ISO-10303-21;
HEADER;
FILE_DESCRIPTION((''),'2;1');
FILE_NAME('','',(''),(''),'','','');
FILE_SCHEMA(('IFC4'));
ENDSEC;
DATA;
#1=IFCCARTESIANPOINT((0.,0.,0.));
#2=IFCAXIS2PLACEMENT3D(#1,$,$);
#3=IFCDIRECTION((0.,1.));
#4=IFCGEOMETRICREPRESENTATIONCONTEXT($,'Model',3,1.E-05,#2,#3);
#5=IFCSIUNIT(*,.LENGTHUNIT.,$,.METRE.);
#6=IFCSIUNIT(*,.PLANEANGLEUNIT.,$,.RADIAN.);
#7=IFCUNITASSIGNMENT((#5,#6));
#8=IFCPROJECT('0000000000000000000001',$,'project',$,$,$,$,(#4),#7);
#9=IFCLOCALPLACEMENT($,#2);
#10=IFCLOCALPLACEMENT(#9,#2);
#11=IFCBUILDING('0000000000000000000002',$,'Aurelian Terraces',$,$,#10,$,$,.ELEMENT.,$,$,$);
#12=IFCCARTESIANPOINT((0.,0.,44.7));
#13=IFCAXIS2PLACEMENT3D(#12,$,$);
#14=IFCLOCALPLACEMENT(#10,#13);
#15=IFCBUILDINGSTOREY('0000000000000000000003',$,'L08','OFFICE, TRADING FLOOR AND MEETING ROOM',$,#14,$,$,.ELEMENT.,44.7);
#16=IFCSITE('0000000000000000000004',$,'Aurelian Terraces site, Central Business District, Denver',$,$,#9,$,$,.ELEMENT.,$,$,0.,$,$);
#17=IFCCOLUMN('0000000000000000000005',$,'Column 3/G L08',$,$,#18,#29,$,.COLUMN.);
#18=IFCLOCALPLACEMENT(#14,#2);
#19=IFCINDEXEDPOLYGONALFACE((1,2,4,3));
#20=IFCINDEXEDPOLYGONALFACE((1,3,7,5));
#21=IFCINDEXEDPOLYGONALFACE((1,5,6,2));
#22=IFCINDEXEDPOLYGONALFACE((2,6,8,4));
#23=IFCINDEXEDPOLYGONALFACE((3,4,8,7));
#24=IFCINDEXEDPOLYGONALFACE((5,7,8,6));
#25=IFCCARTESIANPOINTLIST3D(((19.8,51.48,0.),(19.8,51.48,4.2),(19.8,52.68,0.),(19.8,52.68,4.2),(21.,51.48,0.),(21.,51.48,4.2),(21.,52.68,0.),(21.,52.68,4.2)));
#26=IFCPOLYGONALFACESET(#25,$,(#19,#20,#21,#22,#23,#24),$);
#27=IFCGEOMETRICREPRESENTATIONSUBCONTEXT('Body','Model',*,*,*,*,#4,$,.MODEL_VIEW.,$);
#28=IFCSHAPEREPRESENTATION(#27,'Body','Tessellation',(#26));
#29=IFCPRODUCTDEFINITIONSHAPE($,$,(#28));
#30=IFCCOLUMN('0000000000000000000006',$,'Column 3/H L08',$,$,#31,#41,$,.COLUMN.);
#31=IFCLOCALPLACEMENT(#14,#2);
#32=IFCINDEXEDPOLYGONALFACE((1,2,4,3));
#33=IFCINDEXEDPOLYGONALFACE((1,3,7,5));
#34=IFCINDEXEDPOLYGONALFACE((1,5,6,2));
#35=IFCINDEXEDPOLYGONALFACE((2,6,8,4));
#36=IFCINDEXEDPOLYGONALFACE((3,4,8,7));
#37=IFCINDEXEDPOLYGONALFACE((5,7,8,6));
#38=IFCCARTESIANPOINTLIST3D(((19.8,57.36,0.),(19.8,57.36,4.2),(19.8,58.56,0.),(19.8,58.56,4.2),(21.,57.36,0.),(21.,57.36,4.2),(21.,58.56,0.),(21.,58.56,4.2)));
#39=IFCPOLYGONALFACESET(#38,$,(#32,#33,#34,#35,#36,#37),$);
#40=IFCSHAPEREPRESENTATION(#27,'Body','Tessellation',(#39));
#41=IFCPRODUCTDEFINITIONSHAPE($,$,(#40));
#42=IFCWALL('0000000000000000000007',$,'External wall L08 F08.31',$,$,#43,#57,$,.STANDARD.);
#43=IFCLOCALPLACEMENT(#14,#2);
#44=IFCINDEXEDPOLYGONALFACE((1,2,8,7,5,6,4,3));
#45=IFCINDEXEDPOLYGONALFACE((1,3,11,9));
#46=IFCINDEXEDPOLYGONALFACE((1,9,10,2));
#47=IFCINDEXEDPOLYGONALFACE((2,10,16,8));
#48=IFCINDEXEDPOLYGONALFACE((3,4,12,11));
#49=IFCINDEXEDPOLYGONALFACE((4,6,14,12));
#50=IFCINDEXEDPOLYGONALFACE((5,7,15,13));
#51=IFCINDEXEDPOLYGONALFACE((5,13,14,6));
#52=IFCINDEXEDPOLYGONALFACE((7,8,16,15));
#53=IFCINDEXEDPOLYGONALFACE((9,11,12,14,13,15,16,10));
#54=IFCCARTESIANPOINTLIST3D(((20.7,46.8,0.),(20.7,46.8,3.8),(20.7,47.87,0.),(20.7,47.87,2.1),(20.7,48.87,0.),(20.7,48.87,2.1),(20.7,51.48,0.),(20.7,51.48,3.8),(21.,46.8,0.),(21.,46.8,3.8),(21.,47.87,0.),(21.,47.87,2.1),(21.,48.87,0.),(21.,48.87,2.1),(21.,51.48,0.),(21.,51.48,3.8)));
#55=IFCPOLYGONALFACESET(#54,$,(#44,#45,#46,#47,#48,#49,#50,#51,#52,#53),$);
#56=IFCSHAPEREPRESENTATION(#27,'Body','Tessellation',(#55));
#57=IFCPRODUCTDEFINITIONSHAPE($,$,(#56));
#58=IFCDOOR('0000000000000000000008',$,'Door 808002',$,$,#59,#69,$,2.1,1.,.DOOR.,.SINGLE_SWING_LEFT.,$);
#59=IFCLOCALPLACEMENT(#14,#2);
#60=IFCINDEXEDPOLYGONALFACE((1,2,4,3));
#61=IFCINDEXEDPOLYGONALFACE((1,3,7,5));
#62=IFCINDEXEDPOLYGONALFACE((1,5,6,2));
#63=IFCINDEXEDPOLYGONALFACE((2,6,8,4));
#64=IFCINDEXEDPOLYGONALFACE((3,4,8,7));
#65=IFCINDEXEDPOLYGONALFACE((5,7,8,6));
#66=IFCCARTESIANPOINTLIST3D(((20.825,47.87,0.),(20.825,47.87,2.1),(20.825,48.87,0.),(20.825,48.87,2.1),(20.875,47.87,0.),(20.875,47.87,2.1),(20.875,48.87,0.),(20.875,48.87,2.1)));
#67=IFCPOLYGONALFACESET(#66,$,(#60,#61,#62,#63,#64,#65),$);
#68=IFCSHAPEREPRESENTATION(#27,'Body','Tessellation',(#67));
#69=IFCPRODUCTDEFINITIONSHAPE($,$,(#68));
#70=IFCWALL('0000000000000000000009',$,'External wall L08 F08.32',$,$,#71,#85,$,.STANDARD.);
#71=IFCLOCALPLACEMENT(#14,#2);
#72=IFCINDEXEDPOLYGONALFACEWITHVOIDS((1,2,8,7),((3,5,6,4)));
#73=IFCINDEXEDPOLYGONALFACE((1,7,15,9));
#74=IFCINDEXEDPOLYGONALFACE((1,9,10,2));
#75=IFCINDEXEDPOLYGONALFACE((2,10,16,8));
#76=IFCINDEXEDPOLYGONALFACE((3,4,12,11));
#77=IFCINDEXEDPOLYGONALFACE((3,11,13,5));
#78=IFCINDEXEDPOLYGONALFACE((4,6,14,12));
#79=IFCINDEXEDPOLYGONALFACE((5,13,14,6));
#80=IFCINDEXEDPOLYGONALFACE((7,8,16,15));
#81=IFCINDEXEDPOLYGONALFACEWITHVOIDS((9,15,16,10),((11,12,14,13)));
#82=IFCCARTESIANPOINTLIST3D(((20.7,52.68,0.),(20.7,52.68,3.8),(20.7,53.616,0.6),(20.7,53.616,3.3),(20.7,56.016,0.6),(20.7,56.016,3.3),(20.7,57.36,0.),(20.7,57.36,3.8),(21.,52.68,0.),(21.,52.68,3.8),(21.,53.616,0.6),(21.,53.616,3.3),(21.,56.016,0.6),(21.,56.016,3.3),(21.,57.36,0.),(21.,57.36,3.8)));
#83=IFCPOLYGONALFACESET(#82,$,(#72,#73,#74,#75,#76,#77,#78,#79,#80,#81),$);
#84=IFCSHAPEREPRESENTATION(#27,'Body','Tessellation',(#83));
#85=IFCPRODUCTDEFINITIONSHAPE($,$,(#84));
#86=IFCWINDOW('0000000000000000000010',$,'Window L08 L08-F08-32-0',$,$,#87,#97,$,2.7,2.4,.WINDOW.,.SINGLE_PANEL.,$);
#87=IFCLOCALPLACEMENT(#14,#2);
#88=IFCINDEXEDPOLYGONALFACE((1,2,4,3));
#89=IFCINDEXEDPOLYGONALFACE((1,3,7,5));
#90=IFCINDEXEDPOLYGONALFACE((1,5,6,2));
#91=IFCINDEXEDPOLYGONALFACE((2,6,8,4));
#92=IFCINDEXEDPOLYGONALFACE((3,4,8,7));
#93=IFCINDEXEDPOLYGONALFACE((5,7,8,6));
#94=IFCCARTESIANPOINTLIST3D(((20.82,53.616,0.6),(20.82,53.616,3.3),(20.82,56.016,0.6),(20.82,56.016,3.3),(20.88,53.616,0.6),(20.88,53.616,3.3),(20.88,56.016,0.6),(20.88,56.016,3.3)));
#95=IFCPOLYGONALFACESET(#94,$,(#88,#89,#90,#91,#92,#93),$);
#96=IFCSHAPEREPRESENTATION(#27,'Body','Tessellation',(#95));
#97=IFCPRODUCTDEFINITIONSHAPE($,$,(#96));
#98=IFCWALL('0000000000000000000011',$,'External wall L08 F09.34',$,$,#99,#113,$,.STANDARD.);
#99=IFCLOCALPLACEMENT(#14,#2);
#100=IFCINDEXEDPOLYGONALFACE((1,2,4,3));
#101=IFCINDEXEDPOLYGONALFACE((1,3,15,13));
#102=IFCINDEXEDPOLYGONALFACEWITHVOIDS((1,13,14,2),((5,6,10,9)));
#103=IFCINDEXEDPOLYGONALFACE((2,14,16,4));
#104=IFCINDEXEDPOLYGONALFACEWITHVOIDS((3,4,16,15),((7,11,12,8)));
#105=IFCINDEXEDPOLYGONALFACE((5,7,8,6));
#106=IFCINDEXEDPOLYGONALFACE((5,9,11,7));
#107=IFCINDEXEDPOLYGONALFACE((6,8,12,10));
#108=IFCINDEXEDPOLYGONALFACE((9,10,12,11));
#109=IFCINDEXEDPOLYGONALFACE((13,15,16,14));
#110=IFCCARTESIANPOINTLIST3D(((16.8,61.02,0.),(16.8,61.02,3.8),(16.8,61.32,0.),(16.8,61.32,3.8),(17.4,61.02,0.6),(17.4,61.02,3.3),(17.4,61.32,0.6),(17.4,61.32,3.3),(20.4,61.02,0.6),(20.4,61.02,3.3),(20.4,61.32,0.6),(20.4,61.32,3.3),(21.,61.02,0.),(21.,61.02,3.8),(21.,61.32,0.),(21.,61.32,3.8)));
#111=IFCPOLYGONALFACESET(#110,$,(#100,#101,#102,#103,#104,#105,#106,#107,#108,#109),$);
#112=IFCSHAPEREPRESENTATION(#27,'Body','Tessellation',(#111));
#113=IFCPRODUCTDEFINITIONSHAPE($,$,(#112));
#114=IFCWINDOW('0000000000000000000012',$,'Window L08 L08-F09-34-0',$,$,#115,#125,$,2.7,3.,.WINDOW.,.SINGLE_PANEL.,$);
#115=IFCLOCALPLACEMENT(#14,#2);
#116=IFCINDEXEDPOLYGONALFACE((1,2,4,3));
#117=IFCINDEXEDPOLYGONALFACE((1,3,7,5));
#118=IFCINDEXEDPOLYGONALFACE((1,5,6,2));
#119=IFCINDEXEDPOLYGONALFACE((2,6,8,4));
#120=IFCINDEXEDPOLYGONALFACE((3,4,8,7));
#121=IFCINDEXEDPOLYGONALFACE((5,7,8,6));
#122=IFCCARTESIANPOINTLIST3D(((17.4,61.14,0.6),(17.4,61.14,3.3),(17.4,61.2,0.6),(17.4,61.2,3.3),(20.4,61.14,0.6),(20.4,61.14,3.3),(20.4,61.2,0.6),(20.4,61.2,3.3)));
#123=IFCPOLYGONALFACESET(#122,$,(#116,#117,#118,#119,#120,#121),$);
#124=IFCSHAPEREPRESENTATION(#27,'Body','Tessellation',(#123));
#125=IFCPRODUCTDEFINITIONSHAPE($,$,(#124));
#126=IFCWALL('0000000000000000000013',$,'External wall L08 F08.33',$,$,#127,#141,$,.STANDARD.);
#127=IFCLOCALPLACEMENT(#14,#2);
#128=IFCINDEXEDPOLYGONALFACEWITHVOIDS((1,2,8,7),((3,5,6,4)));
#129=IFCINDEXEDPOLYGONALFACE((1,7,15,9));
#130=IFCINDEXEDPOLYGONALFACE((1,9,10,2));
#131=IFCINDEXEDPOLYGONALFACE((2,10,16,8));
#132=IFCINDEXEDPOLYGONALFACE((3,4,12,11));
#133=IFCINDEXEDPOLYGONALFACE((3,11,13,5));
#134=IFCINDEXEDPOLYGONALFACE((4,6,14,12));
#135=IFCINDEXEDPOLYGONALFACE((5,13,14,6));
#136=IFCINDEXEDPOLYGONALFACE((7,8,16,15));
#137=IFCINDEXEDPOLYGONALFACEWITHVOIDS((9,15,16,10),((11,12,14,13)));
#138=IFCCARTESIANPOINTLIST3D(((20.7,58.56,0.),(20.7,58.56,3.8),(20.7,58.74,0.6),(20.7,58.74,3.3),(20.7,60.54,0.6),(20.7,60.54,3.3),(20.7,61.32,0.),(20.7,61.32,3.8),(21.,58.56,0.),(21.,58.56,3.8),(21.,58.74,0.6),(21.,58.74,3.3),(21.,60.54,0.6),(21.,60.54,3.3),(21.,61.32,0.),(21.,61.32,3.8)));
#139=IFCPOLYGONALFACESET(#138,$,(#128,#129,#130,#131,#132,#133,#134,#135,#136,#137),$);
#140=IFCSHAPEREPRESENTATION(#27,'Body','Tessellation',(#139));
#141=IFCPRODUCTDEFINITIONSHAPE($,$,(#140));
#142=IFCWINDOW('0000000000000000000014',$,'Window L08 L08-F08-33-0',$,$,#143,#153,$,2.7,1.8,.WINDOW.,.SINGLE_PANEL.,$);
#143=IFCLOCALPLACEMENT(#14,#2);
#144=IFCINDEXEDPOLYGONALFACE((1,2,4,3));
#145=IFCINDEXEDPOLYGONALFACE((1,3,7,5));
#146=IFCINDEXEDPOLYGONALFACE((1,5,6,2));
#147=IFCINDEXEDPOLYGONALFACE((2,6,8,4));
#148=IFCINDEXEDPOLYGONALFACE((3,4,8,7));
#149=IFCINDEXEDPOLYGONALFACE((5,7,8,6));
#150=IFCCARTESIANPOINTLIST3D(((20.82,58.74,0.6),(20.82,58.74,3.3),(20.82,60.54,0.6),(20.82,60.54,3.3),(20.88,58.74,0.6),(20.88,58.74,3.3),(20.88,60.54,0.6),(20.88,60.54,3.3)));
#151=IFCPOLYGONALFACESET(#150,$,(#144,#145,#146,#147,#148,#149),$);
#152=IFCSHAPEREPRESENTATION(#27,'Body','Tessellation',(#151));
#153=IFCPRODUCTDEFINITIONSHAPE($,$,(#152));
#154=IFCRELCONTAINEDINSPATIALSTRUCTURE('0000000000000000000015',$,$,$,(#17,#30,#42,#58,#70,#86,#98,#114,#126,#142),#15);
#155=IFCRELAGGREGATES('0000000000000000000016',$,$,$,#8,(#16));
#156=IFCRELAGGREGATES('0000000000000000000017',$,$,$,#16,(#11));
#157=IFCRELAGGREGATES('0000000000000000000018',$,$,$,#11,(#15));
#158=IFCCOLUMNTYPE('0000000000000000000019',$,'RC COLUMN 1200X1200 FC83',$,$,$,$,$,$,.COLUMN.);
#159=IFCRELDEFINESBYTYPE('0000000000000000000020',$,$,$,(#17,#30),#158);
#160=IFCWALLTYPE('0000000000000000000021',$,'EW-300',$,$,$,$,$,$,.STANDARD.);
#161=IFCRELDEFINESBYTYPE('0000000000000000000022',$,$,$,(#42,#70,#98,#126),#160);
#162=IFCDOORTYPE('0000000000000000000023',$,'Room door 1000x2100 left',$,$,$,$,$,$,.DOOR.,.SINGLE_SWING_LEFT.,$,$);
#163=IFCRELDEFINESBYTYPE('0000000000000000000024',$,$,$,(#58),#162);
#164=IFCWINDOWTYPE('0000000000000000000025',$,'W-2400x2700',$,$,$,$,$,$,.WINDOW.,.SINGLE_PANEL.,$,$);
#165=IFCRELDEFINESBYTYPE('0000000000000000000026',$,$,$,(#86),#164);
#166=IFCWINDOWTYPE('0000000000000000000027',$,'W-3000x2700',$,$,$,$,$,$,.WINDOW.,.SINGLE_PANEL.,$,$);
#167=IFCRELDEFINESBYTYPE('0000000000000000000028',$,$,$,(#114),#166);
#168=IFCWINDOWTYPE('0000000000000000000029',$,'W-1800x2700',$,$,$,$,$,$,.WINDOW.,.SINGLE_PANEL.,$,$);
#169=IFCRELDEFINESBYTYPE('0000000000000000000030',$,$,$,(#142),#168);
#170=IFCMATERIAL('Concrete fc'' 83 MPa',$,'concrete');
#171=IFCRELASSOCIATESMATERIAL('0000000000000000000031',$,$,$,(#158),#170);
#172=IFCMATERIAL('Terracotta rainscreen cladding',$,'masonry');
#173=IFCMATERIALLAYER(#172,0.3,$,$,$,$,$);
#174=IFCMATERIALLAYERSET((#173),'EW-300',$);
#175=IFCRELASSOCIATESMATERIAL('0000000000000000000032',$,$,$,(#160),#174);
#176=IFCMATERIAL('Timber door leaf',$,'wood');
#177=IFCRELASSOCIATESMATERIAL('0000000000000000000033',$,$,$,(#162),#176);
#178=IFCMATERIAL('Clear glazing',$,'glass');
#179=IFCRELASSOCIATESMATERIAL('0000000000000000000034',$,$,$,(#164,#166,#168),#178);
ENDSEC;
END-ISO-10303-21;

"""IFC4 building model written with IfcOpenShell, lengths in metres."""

from ifc_helpers import new_model, si_unit, direction, frame, frame_2d, origin, origin_2d, place, context, subcontext, project, spatial, rectangle, extrude, source, transform, mapped, material, layer, layer_set, material_profile, profile_set, type_object, element, fill, save


model = new_model("IFC4")

# Units and contexts
model_context = context("Model", 3, precision=1e-05, world=origin(), true_north=direction((0.0, 1.0)))
body_context = subcontext(model_context, "Body", "Model", "MODEL_VIEW")
ifc_project = project(units=[si_unit("LENGTHUNIT", "METRE"), si_unit("PLANEANGLEUNIT", "RADIAN")], contexts=[model_context])

# Site, building, storey
site_placement = place(None, origin())
site = spatial("IfcSite", under=ifc_project, at=site_placement, Name="Aurelian Terraces site, Central Business District, Denver", CompositionType="ELEMENT", RefElevation=0.0)
building_placement = place(site_placement, origin())
building = spatial("IfcBuilding", under=site, at=building_placement, Name="Aurelian Terraces", CompositionType="ELEMENT")
storey_placement = place(building_placement, frame((0.0, 0.0, 44.7)))
storey = spatial("IfcBuildingStorey", under=building, at=storey_placement, Name="L08", Description="OFFICE, TRADING FLOOR AND MEETING ROOM", CompositionType="ELEMENT", Elevation=44.7)

# Columns
ifc_material_1 = material(Name="Concrete fc' 83 MPa", Category="concrete")
ifc_material_profile = material_profile(ifc_material_1, rectangle(XDim=1.2, YDim=1.2, at=origin_2d()))
ifc_profile_set = profile_set([ifc_material_profile], Name="Concrete fc' 83 MPa")
column_type = type_object("IfcColumnType", Name="RC COLUMN 1200X1200 FC83", PredefinedType="COLUMN", material=ifc_profile_set)
shared_shape_1 = source(origin(), body_context, "Body", "SweptSolid", [
    extrude(rectangle(XDim=1.2, YDim=1.2, at=origin_2d()), origin(), (0.0, 0.0, 1.0), 4.2),
])
for number, where, z_axis, x_axis, name in (
    (1, (20.4, 52.08, 0.0), (0.0, 0.0, 1.0), (1.0, 0.0, 0.0), "Column 3/G L08"),
    (2, (20.4, 57.96, 0.0), (0.0, 0.0, 1.0), (1.0, 0.0, 0.0), "Column 3/H L08"),
):
    element("IfcColumn", number, at=place(storey_placement, frame(where, z_axis=z_axis, x_axis=x_axis)), inside=storey, type_object=column_type, Name=name, PredefinedType="COLUMN", context=body_context, shape_type="MappedRepresentation", body=[
        mapped(shared_shape_1, transform((0.0, 0.0, 0.0), scale=1.0)),
    ])

# Wall, opening, door
ifc_material_2 = material(Name="Terracotta rainscreen cladding", Category="masonry")
ifc_layer_1 = layer(ifc_material_2, 0.3)
ifc_layer_set_1 = layer_set([ifc_layer_1], Name="EW-300")
wall_type_1 = type_object("IfcWallType", Name="EW-300", PredefinedType="STANDARD", material=ifc_layer_set_1)
shared_shape_2 = source(origin(), body_context, "Body", "SweptSolid", [
    extrude(rectangle(XDim=4.68, YDim=0.3, at=frame_2d((2.34, 0.0))), origin(), (0.0, 0.0, 1.0), 3.8),
])
wall_1_placement = place(storey_placement, frame((20.85, 46.8, 0.0), z_axis=(0.0, 0.0, 1.0), x_axis=(0.0, 1.0, 0.0)))
wall_1 = element("IfcWall", 3, at=wall_1_placement, inside=storey, type_object=wall_type_1, Name="External wall L08 F08.31", PredefinedType="STANDARD", context=body_context, shape_type="MappedRepresentation", body=[
    mapped(shared_shape_2, transform((0.0, 0.0, 0.0), scale=1.0)),
])
shared_shape_3 = source(origin(), body_context, "Body", "SweptSolid", [
    extrude(rectangle(XDim=1.0, YDim=2.1, at=frame_2d((0.5, 1.05))), frame((0.0, 0.16, 0.0), z_axis=(0.0, -1.0, 0.0), x_axis=(1.0, 0.0, 0.0)), (0.0, 0.0, 1.0), 0.32),
])
opening_1_placement = place(wall_1_placement, frame((1.07, 0.0, 0.0)))
opening_1 = element("IfcOpeningElement", 4, at=opening_1_placement, cuts=wall_1, PredefinedType="OPENING", context=body_context, shape_type="MappedRepresentation", body=[
    mapped(shared_shape_3, transform((0.0, 0.0, 0.0), scale=1.0)),
])
ifc_material_3 = material(Name="Timber door leaf", Category="wood")
door_type = type_object("IfcDoorType", Name="Room door 1000x2100 left", OperationType="SINGLE_SWING_LEFT", PredefinedType="DOOR", material=ifc_material_3)
shared_shape_4 = source(origin(), body_context, "Body", "SweptSolid", [
    extrude(rectangle(XDim=1.0, YDim=2.1, at=frame_2d((0.5, 1.05))), frame((0.0, 0.025, 0.0), z_axis=(0.0, -1.0, 0.0), x_axis=(1.0, 0.0, 0.0)), (0.0, 0.0, 1.0), 0.05),
])
door_placement = place(opening_1_placement, origin())
door = element("IfcDoor", 5, at=door_placement, inside=storey, type_object=door_type, Name="Door 808002", OperationType="SINGLE_SWING_LEFT", OverallHeight=2.1, OverallWidth=1.0, PredefinedType="DOOR", context=body_context, shape_type="MappedRepresentation", body=[
    mapped(shared_shape_4, transform((0.0, 0.0, 0.0), scale=1.0)),
])
fill(opening_1, door)

# Walls, openings, windows
wall_2_placement = place(storey_placement, frame((20.85, 52.68, 0.0), z_axis=(0.0, 0.0, 1.0), x_axis=(0.0, 1.0, 0.0)))
wall_2 = element("IfcWall", 6, at=wall_2_placement, inside=storey, type_object=wall_type_1, Name="External wall L08 F08.32", PredefinedType="STANDARD", context=body_context, shape_type="MappedRepresentation", body=[
    mapped(shared_shape_2, transform((0.0, 0.0, 0.0), scale=1.0)),
])
shared_shape_5 = source(origin(), body_context, "Body", "SweptSolid", [
    extrude(rectangle(XDim=2.4, YDim=2.7, at=frame_2d((1.2, 1.35))), frame((0.0, 0.16, 0.0), z_axis=(0.0, -1.0, 0.0), x_axis=(1.0, 0.0, 0.0)), (0.0, 0.0, 1.0), 0.32),
])
opening_2_placement = place(wall_2_placement, frame((0.936, 0.0, 0.6)))
opening_2 = element("IfcOpeningElement", 7, at=opening_2_placement, cuts=wall_2, PredefinedType="OPENING", context=body_context, shape_type="MappedRepresentation", body=[
    mapped(shared_shape_5, transform((0.0, 0.0, 0.0), scale=1.0)),
])
ifc_material_4 = material(Name="Clear glazing", Category="glass")
window_type_1 = type_object("IfcWindowType", Name="W-2400x2700", PartitioningType="SINGLE_PANEL", PredefinedType="WINDOW", material=ifc_material_4)
shared_shape_6 = source(origin(), body_context, "Body", "SweptSolid", [
    extrude(rectangle(XDim=2.4, YDim=2.7, at=frame_2d((1.2, 1.35))), frame((0.0, 0.03, 0.0), z_axis=(0.0, -1.0, 0.0), x_axis=(1.0, 0.0, 0.0)), (0.0, 0.0, 1.0), 0.06),
])
window_1_placement = place(opening_2_placement, origin())
window_1 = element("IfcWindow", 8, at=window_1_placement, inside=storey, type_object=window_type_1, Name="Window L08 L08-F08-32-0", OverallHeight=2.7, OverallWidth=2.4, PartitioningType="SINGLE_PANEL", PredefinedType="WINDOW", context=body_context, shape_type="MappedRepresentation", body=[
    mapped(shared_shape_6, transform((0.0, 0.0, 0.0), scale=1.0)),
])
fill(opening_2, window_1)
shared_shape_7 = source(origin(), body_context, "Body", "SweptSolid", [
    extrude(rectangle(XDim=4.2, YDim=0.3, at=frame_2d((2.1, 0.0))), origin(), (0.0, 0.0, 1.0), 3.8),
])
wall_3_placement = place(storey_placement, frame((21.0, 61.17, 0.0), z_axis=(0.0, 0.0, 1.0), x_axis=(-1.0, 0.0, 0.0)))
wall_3 = element("IfcWall", 9, at=wall_3_placement, inside=storey, type_object=wall_type_1, Name="External wall L08 F09.34", PredefinedType="STANDARD", context=body_context, shape_type="MappedRepresentation", body=[
    mapped(shared_shape_7, transform((0.0, 0.0, 0.0), scale=1.0)),
])
shared_shape_8 = source(origin(), body_context, "Body", "SweptSolid", [
    extrude(rectangle(XDim=3.0, YDim=2.7, at=frame_2d((1.5, 1.35))), frame((0.0, 0.16, 0.0), z_axis=(0.0, -1.0, 0.0), x_axis=(1.0, 0.0, 0.0)), (0.0, 0.0, 1.0), 0.32),
])
opening_3_placement = place(wall_3_placement, frame((0.6, 0.0, 0.6)))
opening_3 = element("IfcOpeningElement", 10, at=opening_3_placement, cuts=wall_3, PredefinedType="OPENING", context=body_context, shape_type="MappedRepresentation", body=[
    mapped(shared_shape_8, transform((0.0, 0.0, 0.0), scale=1.0)),
])
window_type_2 = type_object("IfcWindowType", Name="W-3000x2700", PartitioningType="SINGLE_PANEL", PredefinedType="WINDOW", material=ifc_material_4)
shared_shape_9 = source(origin(), body_context, "Body", "SweptSolid", [
    extrude(rectangle(XDim=3.0, YDim=2.7, at=frame_2d((1.5, 1.35))), frame((0.0, 0.03, 0.0), z_axis=(0.0, -1.0, 0.0), x_axis=(1.0, 0.0, 0.0)), (0.0, 0.0, 1.0), 0.06),
])
window_2_placement = place(opening_3_placement, origin())
window_2 = element("IfcWindow", 11, at=window_2_placement, inside=storey, type_object=window_type_2, Name="Window L08 L08-F09-34-0", OverallHeight=2.7, OverallWidth=3.0, PartitioningType="SINGLE_PANEL", PredefinedType="WINDOW", context=body_context, shape_type="MappedRepresentation", body=[
    mapped(shared_shape_9, transform((0.0, 0.0, 0.0), scale=1.0)),
])
fill(opening_3, window_2)
shared_shape_10 = source(origin(), body_context, "Body", "SweptSolid", [
    extrude(rectangle(XDim=2.76, YDim=0.3, at=frame_2d((1.38, 0.0))), origin(), (0.0, 0.0, 1.0), 3.8),
])
wall_4_placement = place(storey_placement, frame((20.85, 58.56, 0.0), z_axis=(0.0, 0.0, 1.0), x_axis=(0.0, 1.0, 0.0)))
wall_4 = element("IfcWall", 12, at=wall_4_placement, inside=storey, type_object=wall_type_1, Name="External wall L08 F08.33", PredefinedType="STANDARD", context=body_context, shape_type="MappedRepresentation", body=[
    mapped(shared_shape_10, transform((0.0, 0.0, 0.0), scale=1.0)),
])
shared_shape_11 = source(origin(), body_context, "Body", "SweptSolid", [
    extrude(rectangle(XDim=1.8, YDim=2.7, at=frame_2d((0.9, 1.35))), frame((0.0, 0.16, 0.0), z_axis=(0.0, -1.0, 0.0), x_axis=(1.0, 0.0, 0.0)), (0.0, 0.0, 1.0), 0.32),
])
opening_4_placement = place(wall_4_placement, frame((0.18, 0.0, 0.6)))
opening_4 = element("IfcOpeningElement", 13, at=opening_4_placement, cuts=wall_4, PredefinedType="OPENING", context=body_context, shape_type="MappedRepresentation", body=[
    mapped(shared_shape_11, transform((0.0, 0.0, 0.0), scale=1.0)),
])
window_type_3 = type_object("IfcWindowType", Name="W-1800x2700", PartitioningType="SINGLE_PANEL", PredefinedType="WINDOW", material=ifc_material_4)
shared_shape_12 = source(origin(), body_context, "Body", "SweptSolid", [
    extrude(rectangle(XDim=1.8, YDim=2.7, at=frame_2d((0.9, 1.35))), frame((0.0, 0.03, 0.0), z_axis=(0.0, -1.0, 0.0), x_axis=(1.0, 0.0, 0.0)), (0.0, 0.0, 1.0), 0.06),
])
window_3_placement = place(opening_4_placement, origin())
window_3 = element("IfcWindow", 14, at=window_3_placement, inside=storey, type_object=window_type_3, Name="Window L08 L08-F08-33-0", OverallHeight=2.7, OverallWidth=1.8, PartitioningType="SINGLE_PANEL", PredefinedType="WINDOW", context=body_context, shape_type="MappedRepresentation", body=[
    mapped(shared_shape_12, transform((0.0, 0.0, 0.0), scale=1.0)),
])
fill(opening_4, window_3)

save(model, "model.ifc")
